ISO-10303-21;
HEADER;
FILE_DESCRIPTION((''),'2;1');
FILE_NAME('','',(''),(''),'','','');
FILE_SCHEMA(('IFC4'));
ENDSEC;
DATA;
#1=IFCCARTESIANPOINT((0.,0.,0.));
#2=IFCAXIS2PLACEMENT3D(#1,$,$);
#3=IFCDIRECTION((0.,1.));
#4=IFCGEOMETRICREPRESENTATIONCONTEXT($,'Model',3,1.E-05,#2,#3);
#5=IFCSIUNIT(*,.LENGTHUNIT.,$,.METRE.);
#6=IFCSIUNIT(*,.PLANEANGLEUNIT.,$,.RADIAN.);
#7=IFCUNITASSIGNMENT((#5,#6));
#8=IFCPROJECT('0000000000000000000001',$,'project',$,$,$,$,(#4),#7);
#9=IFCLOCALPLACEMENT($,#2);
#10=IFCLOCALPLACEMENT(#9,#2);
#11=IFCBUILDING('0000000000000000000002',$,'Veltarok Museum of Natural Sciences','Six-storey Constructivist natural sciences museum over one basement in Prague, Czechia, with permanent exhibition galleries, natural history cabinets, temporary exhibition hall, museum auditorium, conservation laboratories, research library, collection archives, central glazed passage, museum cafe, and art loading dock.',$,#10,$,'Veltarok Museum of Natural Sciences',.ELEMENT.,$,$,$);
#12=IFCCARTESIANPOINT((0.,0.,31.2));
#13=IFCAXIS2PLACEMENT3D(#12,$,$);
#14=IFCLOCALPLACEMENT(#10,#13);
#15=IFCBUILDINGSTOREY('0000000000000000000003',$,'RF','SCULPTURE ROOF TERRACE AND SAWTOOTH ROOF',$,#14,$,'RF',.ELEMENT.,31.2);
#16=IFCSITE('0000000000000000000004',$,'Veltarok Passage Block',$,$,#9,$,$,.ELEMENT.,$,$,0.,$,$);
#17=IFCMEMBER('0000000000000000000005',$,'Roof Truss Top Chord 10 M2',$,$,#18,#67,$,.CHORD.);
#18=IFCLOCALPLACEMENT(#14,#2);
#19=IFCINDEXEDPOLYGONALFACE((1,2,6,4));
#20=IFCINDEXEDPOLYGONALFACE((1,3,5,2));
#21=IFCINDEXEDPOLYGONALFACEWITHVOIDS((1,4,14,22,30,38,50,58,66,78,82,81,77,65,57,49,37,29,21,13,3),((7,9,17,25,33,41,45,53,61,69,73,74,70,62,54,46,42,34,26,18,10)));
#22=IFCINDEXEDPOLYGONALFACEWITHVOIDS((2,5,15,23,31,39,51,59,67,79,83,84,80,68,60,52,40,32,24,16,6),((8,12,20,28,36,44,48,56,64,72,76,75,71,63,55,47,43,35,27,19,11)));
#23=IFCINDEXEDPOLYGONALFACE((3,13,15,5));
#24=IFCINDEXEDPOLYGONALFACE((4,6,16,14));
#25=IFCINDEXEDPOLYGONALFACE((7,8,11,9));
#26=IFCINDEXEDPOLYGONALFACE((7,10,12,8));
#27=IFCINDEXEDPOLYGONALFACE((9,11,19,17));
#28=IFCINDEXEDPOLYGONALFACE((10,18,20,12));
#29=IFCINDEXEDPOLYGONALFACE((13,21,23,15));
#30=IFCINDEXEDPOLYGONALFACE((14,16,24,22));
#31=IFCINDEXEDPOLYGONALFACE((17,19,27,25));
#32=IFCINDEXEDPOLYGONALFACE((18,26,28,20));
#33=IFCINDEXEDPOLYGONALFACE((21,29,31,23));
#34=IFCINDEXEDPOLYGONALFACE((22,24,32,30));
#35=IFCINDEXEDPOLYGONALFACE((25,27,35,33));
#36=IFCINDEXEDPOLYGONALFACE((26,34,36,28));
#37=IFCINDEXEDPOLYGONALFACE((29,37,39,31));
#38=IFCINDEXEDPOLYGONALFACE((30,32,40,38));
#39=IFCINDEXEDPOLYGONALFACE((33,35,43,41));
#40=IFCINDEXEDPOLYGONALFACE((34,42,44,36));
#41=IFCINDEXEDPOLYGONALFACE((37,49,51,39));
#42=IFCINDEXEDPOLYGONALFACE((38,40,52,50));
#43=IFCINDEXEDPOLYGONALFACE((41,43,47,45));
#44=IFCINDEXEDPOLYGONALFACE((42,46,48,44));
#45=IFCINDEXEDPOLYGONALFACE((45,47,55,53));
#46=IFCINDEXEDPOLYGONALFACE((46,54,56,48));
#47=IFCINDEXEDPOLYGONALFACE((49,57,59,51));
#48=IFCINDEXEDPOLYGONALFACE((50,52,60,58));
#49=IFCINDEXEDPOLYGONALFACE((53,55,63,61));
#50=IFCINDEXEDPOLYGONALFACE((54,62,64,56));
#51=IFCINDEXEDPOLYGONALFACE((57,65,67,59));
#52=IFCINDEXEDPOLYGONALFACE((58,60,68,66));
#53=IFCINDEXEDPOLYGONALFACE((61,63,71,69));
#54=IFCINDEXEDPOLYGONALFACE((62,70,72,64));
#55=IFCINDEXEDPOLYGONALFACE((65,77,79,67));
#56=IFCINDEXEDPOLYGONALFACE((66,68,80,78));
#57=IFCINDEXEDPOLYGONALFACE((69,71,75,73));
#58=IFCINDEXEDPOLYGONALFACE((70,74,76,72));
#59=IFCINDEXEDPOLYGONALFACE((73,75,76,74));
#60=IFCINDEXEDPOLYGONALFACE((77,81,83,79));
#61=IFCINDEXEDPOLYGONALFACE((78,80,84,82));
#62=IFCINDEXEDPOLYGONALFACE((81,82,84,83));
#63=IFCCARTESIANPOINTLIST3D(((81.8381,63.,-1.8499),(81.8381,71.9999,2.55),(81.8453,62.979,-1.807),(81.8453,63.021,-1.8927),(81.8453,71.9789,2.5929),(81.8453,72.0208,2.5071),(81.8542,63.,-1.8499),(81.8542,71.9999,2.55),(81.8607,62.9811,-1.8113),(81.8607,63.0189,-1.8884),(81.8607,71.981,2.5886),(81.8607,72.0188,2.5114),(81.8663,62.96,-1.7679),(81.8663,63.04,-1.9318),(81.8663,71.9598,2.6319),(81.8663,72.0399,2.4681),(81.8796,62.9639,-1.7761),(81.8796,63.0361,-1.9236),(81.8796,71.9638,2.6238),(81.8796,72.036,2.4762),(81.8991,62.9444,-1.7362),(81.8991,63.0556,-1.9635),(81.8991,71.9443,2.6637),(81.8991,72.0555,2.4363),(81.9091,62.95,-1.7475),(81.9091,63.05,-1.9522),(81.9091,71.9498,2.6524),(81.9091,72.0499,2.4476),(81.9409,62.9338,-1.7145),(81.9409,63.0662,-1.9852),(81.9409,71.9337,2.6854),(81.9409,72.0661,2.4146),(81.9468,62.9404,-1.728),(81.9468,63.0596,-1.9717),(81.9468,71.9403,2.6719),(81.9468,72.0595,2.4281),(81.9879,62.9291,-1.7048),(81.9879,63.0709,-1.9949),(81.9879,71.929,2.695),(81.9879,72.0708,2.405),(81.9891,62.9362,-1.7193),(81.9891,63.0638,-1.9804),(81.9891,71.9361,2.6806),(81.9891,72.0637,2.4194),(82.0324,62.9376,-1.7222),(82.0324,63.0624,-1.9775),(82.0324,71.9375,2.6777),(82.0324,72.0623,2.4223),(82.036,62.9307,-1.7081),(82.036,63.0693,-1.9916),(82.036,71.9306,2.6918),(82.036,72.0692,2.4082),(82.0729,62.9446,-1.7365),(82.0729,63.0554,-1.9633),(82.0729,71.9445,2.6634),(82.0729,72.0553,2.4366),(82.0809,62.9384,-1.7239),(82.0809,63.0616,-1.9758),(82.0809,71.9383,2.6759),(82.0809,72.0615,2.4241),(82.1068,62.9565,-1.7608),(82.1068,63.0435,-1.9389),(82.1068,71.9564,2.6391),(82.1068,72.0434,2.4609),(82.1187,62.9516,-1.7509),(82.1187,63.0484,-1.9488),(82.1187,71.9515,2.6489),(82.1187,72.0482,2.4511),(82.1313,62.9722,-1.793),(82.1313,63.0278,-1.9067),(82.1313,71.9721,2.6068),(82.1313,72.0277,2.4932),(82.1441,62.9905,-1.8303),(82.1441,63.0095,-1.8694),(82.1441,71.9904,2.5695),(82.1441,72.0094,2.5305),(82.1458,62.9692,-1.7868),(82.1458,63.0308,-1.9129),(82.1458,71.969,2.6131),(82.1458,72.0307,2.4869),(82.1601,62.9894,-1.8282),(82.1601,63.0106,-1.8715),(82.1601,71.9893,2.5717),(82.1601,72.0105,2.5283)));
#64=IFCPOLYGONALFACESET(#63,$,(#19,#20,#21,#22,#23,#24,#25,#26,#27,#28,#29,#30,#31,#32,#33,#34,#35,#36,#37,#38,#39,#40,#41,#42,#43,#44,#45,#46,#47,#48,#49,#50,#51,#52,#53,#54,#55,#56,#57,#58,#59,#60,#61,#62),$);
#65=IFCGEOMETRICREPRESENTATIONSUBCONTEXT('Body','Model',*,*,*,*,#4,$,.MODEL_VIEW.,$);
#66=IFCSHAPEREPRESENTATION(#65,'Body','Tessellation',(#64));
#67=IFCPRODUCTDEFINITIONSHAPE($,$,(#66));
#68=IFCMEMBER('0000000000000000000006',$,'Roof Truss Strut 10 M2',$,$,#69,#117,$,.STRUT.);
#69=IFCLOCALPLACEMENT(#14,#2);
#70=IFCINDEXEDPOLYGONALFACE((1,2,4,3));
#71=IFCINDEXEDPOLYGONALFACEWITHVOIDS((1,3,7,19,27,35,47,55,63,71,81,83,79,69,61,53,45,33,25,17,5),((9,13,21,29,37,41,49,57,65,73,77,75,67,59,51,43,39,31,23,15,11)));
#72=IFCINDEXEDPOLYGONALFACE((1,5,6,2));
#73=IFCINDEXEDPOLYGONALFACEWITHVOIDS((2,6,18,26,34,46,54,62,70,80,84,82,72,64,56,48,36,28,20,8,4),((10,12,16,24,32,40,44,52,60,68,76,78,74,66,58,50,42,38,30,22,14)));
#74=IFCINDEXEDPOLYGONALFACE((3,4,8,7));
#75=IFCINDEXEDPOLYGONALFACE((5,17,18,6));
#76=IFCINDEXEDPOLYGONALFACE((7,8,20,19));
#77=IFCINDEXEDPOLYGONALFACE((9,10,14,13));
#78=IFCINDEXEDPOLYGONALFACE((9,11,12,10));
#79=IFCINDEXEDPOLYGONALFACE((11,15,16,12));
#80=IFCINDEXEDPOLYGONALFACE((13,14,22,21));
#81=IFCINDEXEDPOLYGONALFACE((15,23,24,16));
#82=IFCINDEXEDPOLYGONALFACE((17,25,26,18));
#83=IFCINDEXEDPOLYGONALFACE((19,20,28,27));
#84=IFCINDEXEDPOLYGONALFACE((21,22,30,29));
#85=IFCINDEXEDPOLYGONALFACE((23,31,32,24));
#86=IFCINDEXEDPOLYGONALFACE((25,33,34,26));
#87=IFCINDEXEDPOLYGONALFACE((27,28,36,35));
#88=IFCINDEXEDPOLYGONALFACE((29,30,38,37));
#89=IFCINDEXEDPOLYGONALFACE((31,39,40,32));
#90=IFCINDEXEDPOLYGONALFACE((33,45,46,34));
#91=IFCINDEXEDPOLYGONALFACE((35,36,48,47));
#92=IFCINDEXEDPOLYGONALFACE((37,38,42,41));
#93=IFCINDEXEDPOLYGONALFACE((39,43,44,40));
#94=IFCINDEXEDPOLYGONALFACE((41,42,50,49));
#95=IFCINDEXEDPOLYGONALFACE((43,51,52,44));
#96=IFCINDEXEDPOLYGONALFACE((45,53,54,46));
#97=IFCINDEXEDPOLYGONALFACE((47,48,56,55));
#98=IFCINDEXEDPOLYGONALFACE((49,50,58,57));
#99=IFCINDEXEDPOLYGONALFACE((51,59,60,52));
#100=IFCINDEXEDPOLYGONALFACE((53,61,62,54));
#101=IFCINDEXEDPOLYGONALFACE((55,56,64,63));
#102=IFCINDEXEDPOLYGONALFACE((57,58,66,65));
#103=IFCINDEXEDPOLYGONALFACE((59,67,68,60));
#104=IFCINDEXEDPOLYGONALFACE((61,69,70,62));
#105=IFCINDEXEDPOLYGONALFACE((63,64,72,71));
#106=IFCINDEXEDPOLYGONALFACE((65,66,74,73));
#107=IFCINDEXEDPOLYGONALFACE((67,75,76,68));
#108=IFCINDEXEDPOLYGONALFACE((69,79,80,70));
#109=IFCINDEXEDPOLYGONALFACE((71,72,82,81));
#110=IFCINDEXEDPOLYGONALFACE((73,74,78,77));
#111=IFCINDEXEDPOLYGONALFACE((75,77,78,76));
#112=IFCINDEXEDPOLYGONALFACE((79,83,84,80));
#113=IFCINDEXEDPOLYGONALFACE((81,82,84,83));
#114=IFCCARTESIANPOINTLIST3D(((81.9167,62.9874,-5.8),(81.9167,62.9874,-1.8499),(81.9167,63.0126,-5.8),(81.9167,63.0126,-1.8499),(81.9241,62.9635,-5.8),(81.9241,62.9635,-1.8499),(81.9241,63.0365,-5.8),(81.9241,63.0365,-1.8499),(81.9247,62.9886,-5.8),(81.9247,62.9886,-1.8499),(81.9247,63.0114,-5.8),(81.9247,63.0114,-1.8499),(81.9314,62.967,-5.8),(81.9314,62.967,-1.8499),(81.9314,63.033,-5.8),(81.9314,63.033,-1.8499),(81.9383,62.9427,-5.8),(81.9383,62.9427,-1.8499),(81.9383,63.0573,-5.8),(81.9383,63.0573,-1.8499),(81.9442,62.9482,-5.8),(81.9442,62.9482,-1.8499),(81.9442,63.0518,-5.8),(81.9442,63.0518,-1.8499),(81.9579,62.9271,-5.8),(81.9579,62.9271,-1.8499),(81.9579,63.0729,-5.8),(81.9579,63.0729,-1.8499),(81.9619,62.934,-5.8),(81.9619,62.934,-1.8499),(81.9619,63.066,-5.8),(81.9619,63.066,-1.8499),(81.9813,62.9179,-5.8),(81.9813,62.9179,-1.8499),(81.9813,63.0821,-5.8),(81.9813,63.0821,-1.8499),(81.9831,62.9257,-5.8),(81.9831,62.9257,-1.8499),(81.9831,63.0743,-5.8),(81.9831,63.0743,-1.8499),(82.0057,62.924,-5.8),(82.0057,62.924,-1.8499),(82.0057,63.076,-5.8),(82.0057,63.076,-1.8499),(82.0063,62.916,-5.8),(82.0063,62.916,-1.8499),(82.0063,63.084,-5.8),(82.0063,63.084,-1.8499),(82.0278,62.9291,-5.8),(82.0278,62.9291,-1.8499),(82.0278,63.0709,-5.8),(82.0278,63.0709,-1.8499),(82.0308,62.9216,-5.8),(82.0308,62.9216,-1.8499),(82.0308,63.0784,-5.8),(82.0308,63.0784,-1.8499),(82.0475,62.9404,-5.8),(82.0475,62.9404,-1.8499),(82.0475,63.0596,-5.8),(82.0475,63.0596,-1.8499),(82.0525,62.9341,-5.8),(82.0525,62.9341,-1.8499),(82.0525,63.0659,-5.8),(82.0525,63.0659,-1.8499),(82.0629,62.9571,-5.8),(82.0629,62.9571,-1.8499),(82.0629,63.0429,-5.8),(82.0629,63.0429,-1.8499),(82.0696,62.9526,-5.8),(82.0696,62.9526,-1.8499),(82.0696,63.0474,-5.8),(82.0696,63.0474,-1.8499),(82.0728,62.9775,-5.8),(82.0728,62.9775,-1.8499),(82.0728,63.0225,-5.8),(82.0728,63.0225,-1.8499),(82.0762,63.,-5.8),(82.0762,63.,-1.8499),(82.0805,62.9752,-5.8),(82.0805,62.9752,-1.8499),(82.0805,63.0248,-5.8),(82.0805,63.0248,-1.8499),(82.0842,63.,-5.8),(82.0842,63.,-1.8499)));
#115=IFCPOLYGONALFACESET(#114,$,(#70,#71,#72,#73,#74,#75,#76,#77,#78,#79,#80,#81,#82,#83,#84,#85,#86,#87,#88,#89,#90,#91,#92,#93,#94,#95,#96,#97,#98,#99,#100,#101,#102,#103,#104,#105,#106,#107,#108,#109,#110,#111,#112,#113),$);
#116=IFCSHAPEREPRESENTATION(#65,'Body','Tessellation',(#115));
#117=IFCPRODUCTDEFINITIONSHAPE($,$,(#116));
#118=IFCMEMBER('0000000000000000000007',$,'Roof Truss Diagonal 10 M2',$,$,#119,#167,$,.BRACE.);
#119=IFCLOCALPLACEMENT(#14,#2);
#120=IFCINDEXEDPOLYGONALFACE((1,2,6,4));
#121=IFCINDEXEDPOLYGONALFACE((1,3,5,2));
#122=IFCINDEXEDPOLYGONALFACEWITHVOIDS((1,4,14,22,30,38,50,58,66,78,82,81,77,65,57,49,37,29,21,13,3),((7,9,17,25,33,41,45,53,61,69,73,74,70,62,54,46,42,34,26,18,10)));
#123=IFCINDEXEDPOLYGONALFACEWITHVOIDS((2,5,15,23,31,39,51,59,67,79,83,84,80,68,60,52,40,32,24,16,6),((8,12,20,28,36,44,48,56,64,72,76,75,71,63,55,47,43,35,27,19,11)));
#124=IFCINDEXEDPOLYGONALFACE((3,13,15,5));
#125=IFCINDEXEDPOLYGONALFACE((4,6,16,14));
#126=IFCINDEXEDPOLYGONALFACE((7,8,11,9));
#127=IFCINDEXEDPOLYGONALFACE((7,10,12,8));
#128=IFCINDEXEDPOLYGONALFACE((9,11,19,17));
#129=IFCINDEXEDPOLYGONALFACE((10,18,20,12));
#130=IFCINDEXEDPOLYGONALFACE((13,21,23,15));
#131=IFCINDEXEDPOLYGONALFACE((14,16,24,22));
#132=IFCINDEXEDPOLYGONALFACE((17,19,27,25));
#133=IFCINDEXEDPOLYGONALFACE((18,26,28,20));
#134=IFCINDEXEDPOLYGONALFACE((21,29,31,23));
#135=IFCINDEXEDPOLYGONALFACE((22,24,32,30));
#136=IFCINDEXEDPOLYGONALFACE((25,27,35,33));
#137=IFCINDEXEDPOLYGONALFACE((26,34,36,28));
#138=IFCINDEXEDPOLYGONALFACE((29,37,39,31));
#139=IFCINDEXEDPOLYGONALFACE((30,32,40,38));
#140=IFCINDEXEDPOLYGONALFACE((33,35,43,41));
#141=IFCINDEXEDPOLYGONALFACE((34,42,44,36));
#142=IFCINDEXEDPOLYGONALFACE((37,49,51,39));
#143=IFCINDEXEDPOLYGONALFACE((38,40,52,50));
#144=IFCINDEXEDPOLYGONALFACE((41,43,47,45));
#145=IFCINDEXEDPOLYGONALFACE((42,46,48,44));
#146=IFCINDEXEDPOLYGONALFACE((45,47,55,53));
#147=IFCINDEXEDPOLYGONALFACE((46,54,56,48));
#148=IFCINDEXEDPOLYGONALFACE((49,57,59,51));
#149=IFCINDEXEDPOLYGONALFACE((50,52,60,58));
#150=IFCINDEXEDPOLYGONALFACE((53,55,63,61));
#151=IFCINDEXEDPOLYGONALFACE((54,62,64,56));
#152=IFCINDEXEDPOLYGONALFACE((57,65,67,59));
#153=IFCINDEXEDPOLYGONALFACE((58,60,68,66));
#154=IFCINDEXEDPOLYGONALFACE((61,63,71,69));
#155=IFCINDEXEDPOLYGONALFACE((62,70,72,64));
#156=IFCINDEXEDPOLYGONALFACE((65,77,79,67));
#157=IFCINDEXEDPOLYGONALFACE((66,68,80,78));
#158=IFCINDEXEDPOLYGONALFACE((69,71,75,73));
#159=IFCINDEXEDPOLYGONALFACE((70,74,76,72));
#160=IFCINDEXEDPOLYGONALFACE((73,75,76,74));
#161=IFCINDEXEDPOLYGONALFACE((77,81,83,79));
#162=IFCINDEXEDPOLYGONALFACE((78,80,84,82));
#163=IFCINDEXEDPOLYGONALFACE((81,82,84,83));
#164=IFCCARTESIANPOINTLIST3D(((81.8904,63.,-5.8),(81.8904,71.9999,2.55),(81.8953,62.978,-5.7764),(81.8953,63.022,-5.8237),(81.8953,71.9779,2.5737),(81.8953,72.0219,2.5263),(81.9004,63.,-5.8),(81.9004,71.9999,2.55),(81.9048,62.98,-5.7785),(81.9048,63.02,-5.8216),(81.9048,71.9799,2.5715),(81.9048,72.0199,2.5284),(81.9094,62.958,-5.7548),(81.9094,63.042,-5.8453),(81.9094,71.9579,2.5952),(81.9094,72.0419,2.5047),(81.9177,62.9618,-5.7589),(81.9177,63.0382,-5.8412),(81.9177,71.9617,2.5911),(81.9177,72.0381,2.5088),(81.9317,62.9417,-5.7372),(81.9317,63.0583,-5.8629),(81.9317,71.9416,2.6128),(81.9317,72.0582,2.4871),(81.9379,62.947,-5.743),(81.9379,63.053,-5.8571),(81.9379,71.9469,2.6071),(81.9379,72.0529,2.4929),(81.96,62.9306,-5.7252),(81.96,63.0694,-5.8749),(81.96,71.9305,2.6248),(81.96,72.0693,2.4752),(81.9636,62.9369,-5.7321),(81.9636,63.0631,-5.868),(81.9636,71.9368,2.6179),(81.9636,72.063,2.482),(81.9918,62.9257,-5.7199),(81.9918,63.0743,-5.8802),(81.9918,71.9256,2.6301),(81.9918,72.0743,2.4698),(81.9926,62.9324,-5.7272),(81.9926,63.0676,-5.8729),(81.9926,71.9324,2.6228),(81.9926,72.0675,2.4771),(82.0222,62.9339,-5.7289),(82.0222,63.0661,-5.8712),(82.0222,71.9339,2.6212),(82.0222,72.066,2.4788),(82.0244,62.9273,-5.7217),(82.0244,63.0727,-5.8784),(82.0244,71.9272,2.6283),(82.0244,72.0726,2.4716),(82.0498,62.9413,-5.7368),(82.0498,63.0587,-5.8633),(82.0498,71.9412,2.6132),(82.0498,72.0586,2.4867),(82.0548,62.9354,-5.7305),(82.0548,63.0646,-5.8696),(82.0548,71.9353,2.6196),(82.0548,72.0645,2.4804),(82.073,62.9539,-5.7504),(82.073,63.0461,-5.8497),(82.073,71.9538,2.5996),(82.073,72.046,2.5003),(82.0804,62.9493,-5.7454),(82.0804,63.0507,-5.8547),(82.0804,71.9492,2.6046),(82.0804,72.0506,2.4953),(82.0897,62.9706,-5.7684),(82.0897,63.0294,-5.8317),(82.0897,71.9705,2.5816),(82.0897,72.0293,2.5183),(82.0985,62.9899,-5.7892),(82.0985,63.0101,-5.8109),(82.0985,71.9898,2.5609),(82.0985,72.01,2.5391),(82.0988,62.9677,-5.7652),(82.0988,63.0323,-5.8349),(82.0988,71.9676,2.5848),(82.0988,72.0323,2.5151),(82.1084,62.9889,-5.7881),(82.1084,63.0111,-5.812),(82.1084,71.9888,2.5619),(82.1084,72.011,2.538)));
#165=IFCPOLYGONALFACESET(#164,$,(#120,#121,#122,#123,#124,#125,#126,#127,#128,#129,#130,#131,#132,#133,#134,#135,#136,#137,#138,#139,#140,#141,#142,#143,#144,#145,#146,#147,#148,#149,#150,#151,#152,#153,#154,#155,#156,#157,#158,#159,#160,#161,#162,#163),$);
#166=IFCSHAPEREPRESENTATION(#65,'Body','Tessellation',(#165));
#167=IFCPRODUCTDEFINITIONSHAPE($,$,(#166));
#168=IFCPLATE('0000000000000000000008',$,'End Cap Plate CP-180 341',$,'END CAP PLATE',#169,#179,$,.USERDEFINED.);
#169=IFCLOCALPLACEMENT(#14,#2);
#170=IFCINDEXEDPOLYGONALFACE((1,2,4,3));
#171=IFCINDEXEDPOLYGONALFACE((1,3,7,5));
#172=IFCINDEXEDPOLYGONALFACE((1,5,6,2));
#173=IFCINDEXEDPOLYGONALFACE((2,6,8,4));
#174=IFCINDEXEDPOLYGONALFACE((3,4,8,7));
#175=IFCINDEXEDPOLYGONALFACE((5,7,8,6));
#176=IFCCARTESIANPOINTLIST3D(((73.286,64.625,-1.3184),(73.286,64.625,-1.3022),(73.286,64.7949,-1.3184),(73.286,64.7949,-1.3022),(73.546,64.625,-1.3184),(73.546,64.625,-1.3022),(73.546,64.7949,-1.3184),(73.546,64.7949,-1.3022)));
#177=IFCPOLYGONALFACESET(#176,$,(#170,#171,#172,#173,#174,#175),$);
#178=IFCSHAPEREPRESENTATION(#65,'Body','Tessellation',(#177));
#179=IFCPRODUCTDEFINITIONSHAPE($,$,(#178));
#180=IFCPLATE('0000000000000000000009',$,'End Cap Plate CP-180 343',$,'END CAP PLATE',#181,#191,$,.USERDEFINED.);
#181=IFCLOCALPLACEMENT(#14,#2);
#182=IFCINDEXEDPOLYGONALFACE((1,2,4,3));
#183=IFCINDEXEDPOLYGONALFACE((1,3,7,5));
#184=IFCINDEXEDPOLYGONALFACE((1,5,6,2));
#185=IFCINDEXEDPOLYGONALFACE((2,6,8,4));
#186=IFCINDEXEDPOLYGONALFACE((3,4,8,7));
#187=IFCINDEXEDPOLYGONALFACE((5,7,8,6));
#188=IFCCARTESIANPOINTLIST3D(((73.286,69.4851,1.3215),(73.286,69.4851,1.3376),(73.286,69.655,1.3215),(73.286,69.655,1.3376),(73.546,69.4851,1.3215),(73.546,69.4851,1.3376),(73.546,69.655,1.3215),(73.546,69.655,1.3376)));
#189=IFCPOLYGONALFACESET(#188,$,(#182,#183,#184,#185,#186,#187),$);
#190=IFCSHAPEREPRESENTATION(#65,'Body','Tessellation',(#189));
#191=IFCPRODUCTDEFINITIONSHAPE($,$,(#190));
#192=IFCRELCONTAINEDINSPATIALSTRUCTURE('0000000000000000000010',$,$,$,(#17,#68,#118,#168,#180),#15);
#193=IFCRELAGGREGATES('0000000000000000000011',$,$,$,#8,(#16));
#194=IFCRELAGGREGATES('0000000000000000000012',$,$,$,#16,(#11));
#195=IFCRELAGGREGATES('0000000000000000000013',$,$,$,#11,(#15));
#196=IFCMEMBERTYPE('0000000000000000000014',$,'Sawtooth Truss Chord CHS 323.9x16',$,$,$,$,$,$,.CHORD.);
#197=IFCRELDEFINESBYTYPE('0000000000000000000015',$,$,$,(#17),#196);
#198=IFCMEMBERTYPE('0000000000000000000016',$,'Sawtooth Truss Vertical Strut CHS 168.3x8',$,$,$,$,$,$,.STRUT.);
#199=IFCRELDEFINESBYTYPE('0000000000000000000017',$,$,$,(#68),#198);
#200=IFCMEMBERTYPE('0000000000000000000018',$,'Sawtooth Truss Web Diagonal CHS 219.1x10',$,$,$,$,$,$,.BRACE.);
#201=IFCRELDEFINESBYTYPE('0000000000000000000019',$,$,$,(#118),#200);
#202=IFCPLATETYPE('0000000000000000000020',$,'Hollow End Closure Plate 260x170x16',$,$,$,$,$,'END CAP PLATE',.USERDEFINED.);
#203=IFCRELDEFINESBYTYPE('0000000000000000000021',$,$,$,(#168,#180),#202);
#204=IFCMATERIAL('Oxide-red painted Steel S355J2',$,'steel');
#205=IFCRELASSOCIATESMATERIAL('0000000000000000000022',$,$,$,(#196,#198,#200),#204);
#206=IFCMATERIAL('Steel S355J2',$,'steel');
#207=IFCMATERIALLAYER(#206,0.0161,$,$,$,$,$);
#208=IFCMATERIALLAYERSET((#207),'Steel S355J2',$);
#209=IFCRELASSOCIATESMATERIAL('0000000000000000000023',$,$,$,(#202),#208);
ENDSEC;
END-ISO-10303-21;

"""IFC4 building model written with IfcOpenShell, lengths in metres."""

from ifc_helpers import new_model, si_unit, direction, frame, origin, origin_2d, place, context, subcontext, project, spatial, rectangle, hollow_circle, extrude, material, layer, layer_set, material_profile, profile_set, type_object, element, save


model = new_model("IFC4")

# Units and contexts
model_context = context("Model", 3, precision=1e-05, world=origin(), true_north=direction((0.0, 1.0)))
body_context = subcontext(model_context, "Body", "Model", "MODEL_VIEW")
ifc_project = project(units=[si_unit("LENGTHUNIT", "METRE"), si_unit("PLANEANGLEUNIT", "RADIAN")], contexts=[model_context])

# Site, building, storey
site_placement = place(None, origin())
site = spatial("IfcSite", under=ifc_project, at=site_placement, Name="Veltarok Passage Block", CompositionType="ELEMENT", RefElevation=0.0)
building_placement = place(site_placement, origin())
building = spatial("IfcBuilding", under=site, at=building_placement, Name="Veltarok Museum of Natural Sciences", Description="Six-storey Constructivist natural sciences museum over one basement in Prague, Czechia, with permanent exhibition galleries, natural history cabinets, temporary exhibition hall, museum auditorium, conservation laboratories, research library, collection archives, central glazed passage, museum cafe, and art loading dock.", LongName="Veltarok Museum of Natural Sciences", CompositionType="ELEMENT")
storey_placement = place(building_placement, frame((0.0, 0.0, 31.2)))
storey = spatial("IfcBuildingStorey", under=building, at=storey_placement, Name="RF", Description="SCULPTURE ROOF TERRACE AND SAWTOOTH ROOF", LongName="RF", CompositionType="ELEMENT", Elevation=31.2)

# Members
ifc_material_1 = material(Name="Steel S355J2", Category="steel")
ifc_material_2 = material(Name="Oxide-red painted Steel S355J2", Category="steel")
ifc_material_profile_1 = material_profile(ifc_material_2, hollow_circle(Radius=0.1619, WallThickness=0.0161, at=origin_2d()), Name="CHS 323.9x16")
ifc_profile_set_1 = profile_set([ifc_material_profile_1], Name="Oxide-red painted Steel S355J2")
member_type_1 = type_object("IfcMemberType", Name="Sawtooth Truss Chord CHS 323.9x16", PredefinedType="CHORD", material=ifc_profile_set_1)
member_1_placement = place(storey_placement, frame((82.0, 63.0, -1.8499), z_axis=(0.0, 0.898388, 0.439202), x_axis=(-1.0, 0.0, 0.0)))
element("IfcMember", 1, at=member_1_placement, inside=storey, type_object=member_type_1, Name="Roof Truss Top Chord 10 M2", PredefinedType="CHORD", context=body_context, shape_type="SweptSolid", body=[
    extrude(hollow_circle(Radius=0.1619, WallThickness=0.0161, at=origin_2d()), origin(), (0.0, 0.0, 1.0), 10.0178),
])
ifc_material_profile_2 = material_profile(ifc_material_2, hollow_circle(Radius=0.0842, WallThickness=0.0081, at=origin_2d()), Name="CHS 168.3x8")
ifc_profile_set_2 = profile_set([ifc_material_profile_2], Name="Oxide-red painted Steel S355J2")
member_type_2 = type_object("IfcMemberType", Name="Sawtooth Truss Vertical Strut CHS 168.3x8", PredefinedType="STRUT", material=ifc_profile_set_2)
member_2_placement = place(storey_placement, frame((82.0, 63.0, -5.8), z_axis=(0.0, 0.0, 1.0), x_axis=(1.0, 0.0, 0.0)))
element("IfcMember", 2, at=member_2_placement, inside=storey, type_object=member_type_2, Name="Roof Truss Strut 10 M2", PredefinedType="STRUT", context=body_context, shape_type="SweptSolid", body=[
    extrude(hollow_circle(Radius=0.0842, WallThickness=0.0081, at=origin_2d()), origin(), (0.0, 0.0, 1.0), 3.9502),
])
ifc_material_profile_3 = material_profile(ifc_material_2, hollow_circle(Radius=0.1096, WallThickness=0.01, at=origin_2d()), Name="CHS 219.1x10")
ifc_profile_set_3 = profile_set([ifc_material_profile_3], Name="Oxide-red painted Steel S355J2")
member_type_3 = type_object("IfcMemberType", Name="Sawtooth Truss Web Diagonal CHS 219.1x10", PredefinedType="BRACE", material=ifc_profile_set_3)
member_3_placement = place(storey_placement, frame((82.0, 63.0, -5.8), z_axis=(0.0, 0.73308, 0.680143), x_axis=(-1.0, 0.0, 0.0)))
element("IfcMember", 3, at=member_3_placement, inside=storey, type_object=member_type_3, Name="Roof Truss Diagonal 10 M2", PredefinedType="BRACE", context=body_context, shape_type="SweptSolid", body=[
    extrude(hollow_circle(Radius=0.1096, WallThickness=0.01, at=origin_2d()), origin(), (0.0, 0.0, 1.0), 12.2769),
])

# Plates
ifc_layer_1 = layer(ifc_material_1, 0.0161)
ifc_layer_set_1 = layer_set([ifc_layer_1], Name="Steel S355J2")
plate_type_1 = type_object("IfcPlateType", Name="Hollow End Closure Plate 260x170x16", ElementType="END CAP PLATE", PredefinedType="USERDEFINED", material=ifc_layer_set_1)
for number, where, z_axis, x_axis, name in (
    (4, (73.416, 64.71, -1.3184), (0.0, 0.0, 1.0), (1.0, 0.0, 0.0), "End Cap Plate CP-180 341"),
    (5, (73.416, 69.5701, 1.3215), (0.0, 0.0, 1.0), (1.0, 0.0, 0.0), "End Cap Plate CP-180 343"),
):
    element("IfcPlate", number, at=place(storey_placement, frame(where, z_axis=z_axis, x_axis=x_axis)), inside=storey, type_object=plate_type_1, Name=name, ObjectType="END CAP PLATE", PredefinedType="USERDEFINED", context=body_context, shape_type="SweptSolid", body=[
        extrude(rectangle(XDim=0.26, YDim=0.1699, at=origin_2d()), origin(), (0.0, 0.0, 1.0), 0.0161),
    ])

save(model, "model.ifc")
